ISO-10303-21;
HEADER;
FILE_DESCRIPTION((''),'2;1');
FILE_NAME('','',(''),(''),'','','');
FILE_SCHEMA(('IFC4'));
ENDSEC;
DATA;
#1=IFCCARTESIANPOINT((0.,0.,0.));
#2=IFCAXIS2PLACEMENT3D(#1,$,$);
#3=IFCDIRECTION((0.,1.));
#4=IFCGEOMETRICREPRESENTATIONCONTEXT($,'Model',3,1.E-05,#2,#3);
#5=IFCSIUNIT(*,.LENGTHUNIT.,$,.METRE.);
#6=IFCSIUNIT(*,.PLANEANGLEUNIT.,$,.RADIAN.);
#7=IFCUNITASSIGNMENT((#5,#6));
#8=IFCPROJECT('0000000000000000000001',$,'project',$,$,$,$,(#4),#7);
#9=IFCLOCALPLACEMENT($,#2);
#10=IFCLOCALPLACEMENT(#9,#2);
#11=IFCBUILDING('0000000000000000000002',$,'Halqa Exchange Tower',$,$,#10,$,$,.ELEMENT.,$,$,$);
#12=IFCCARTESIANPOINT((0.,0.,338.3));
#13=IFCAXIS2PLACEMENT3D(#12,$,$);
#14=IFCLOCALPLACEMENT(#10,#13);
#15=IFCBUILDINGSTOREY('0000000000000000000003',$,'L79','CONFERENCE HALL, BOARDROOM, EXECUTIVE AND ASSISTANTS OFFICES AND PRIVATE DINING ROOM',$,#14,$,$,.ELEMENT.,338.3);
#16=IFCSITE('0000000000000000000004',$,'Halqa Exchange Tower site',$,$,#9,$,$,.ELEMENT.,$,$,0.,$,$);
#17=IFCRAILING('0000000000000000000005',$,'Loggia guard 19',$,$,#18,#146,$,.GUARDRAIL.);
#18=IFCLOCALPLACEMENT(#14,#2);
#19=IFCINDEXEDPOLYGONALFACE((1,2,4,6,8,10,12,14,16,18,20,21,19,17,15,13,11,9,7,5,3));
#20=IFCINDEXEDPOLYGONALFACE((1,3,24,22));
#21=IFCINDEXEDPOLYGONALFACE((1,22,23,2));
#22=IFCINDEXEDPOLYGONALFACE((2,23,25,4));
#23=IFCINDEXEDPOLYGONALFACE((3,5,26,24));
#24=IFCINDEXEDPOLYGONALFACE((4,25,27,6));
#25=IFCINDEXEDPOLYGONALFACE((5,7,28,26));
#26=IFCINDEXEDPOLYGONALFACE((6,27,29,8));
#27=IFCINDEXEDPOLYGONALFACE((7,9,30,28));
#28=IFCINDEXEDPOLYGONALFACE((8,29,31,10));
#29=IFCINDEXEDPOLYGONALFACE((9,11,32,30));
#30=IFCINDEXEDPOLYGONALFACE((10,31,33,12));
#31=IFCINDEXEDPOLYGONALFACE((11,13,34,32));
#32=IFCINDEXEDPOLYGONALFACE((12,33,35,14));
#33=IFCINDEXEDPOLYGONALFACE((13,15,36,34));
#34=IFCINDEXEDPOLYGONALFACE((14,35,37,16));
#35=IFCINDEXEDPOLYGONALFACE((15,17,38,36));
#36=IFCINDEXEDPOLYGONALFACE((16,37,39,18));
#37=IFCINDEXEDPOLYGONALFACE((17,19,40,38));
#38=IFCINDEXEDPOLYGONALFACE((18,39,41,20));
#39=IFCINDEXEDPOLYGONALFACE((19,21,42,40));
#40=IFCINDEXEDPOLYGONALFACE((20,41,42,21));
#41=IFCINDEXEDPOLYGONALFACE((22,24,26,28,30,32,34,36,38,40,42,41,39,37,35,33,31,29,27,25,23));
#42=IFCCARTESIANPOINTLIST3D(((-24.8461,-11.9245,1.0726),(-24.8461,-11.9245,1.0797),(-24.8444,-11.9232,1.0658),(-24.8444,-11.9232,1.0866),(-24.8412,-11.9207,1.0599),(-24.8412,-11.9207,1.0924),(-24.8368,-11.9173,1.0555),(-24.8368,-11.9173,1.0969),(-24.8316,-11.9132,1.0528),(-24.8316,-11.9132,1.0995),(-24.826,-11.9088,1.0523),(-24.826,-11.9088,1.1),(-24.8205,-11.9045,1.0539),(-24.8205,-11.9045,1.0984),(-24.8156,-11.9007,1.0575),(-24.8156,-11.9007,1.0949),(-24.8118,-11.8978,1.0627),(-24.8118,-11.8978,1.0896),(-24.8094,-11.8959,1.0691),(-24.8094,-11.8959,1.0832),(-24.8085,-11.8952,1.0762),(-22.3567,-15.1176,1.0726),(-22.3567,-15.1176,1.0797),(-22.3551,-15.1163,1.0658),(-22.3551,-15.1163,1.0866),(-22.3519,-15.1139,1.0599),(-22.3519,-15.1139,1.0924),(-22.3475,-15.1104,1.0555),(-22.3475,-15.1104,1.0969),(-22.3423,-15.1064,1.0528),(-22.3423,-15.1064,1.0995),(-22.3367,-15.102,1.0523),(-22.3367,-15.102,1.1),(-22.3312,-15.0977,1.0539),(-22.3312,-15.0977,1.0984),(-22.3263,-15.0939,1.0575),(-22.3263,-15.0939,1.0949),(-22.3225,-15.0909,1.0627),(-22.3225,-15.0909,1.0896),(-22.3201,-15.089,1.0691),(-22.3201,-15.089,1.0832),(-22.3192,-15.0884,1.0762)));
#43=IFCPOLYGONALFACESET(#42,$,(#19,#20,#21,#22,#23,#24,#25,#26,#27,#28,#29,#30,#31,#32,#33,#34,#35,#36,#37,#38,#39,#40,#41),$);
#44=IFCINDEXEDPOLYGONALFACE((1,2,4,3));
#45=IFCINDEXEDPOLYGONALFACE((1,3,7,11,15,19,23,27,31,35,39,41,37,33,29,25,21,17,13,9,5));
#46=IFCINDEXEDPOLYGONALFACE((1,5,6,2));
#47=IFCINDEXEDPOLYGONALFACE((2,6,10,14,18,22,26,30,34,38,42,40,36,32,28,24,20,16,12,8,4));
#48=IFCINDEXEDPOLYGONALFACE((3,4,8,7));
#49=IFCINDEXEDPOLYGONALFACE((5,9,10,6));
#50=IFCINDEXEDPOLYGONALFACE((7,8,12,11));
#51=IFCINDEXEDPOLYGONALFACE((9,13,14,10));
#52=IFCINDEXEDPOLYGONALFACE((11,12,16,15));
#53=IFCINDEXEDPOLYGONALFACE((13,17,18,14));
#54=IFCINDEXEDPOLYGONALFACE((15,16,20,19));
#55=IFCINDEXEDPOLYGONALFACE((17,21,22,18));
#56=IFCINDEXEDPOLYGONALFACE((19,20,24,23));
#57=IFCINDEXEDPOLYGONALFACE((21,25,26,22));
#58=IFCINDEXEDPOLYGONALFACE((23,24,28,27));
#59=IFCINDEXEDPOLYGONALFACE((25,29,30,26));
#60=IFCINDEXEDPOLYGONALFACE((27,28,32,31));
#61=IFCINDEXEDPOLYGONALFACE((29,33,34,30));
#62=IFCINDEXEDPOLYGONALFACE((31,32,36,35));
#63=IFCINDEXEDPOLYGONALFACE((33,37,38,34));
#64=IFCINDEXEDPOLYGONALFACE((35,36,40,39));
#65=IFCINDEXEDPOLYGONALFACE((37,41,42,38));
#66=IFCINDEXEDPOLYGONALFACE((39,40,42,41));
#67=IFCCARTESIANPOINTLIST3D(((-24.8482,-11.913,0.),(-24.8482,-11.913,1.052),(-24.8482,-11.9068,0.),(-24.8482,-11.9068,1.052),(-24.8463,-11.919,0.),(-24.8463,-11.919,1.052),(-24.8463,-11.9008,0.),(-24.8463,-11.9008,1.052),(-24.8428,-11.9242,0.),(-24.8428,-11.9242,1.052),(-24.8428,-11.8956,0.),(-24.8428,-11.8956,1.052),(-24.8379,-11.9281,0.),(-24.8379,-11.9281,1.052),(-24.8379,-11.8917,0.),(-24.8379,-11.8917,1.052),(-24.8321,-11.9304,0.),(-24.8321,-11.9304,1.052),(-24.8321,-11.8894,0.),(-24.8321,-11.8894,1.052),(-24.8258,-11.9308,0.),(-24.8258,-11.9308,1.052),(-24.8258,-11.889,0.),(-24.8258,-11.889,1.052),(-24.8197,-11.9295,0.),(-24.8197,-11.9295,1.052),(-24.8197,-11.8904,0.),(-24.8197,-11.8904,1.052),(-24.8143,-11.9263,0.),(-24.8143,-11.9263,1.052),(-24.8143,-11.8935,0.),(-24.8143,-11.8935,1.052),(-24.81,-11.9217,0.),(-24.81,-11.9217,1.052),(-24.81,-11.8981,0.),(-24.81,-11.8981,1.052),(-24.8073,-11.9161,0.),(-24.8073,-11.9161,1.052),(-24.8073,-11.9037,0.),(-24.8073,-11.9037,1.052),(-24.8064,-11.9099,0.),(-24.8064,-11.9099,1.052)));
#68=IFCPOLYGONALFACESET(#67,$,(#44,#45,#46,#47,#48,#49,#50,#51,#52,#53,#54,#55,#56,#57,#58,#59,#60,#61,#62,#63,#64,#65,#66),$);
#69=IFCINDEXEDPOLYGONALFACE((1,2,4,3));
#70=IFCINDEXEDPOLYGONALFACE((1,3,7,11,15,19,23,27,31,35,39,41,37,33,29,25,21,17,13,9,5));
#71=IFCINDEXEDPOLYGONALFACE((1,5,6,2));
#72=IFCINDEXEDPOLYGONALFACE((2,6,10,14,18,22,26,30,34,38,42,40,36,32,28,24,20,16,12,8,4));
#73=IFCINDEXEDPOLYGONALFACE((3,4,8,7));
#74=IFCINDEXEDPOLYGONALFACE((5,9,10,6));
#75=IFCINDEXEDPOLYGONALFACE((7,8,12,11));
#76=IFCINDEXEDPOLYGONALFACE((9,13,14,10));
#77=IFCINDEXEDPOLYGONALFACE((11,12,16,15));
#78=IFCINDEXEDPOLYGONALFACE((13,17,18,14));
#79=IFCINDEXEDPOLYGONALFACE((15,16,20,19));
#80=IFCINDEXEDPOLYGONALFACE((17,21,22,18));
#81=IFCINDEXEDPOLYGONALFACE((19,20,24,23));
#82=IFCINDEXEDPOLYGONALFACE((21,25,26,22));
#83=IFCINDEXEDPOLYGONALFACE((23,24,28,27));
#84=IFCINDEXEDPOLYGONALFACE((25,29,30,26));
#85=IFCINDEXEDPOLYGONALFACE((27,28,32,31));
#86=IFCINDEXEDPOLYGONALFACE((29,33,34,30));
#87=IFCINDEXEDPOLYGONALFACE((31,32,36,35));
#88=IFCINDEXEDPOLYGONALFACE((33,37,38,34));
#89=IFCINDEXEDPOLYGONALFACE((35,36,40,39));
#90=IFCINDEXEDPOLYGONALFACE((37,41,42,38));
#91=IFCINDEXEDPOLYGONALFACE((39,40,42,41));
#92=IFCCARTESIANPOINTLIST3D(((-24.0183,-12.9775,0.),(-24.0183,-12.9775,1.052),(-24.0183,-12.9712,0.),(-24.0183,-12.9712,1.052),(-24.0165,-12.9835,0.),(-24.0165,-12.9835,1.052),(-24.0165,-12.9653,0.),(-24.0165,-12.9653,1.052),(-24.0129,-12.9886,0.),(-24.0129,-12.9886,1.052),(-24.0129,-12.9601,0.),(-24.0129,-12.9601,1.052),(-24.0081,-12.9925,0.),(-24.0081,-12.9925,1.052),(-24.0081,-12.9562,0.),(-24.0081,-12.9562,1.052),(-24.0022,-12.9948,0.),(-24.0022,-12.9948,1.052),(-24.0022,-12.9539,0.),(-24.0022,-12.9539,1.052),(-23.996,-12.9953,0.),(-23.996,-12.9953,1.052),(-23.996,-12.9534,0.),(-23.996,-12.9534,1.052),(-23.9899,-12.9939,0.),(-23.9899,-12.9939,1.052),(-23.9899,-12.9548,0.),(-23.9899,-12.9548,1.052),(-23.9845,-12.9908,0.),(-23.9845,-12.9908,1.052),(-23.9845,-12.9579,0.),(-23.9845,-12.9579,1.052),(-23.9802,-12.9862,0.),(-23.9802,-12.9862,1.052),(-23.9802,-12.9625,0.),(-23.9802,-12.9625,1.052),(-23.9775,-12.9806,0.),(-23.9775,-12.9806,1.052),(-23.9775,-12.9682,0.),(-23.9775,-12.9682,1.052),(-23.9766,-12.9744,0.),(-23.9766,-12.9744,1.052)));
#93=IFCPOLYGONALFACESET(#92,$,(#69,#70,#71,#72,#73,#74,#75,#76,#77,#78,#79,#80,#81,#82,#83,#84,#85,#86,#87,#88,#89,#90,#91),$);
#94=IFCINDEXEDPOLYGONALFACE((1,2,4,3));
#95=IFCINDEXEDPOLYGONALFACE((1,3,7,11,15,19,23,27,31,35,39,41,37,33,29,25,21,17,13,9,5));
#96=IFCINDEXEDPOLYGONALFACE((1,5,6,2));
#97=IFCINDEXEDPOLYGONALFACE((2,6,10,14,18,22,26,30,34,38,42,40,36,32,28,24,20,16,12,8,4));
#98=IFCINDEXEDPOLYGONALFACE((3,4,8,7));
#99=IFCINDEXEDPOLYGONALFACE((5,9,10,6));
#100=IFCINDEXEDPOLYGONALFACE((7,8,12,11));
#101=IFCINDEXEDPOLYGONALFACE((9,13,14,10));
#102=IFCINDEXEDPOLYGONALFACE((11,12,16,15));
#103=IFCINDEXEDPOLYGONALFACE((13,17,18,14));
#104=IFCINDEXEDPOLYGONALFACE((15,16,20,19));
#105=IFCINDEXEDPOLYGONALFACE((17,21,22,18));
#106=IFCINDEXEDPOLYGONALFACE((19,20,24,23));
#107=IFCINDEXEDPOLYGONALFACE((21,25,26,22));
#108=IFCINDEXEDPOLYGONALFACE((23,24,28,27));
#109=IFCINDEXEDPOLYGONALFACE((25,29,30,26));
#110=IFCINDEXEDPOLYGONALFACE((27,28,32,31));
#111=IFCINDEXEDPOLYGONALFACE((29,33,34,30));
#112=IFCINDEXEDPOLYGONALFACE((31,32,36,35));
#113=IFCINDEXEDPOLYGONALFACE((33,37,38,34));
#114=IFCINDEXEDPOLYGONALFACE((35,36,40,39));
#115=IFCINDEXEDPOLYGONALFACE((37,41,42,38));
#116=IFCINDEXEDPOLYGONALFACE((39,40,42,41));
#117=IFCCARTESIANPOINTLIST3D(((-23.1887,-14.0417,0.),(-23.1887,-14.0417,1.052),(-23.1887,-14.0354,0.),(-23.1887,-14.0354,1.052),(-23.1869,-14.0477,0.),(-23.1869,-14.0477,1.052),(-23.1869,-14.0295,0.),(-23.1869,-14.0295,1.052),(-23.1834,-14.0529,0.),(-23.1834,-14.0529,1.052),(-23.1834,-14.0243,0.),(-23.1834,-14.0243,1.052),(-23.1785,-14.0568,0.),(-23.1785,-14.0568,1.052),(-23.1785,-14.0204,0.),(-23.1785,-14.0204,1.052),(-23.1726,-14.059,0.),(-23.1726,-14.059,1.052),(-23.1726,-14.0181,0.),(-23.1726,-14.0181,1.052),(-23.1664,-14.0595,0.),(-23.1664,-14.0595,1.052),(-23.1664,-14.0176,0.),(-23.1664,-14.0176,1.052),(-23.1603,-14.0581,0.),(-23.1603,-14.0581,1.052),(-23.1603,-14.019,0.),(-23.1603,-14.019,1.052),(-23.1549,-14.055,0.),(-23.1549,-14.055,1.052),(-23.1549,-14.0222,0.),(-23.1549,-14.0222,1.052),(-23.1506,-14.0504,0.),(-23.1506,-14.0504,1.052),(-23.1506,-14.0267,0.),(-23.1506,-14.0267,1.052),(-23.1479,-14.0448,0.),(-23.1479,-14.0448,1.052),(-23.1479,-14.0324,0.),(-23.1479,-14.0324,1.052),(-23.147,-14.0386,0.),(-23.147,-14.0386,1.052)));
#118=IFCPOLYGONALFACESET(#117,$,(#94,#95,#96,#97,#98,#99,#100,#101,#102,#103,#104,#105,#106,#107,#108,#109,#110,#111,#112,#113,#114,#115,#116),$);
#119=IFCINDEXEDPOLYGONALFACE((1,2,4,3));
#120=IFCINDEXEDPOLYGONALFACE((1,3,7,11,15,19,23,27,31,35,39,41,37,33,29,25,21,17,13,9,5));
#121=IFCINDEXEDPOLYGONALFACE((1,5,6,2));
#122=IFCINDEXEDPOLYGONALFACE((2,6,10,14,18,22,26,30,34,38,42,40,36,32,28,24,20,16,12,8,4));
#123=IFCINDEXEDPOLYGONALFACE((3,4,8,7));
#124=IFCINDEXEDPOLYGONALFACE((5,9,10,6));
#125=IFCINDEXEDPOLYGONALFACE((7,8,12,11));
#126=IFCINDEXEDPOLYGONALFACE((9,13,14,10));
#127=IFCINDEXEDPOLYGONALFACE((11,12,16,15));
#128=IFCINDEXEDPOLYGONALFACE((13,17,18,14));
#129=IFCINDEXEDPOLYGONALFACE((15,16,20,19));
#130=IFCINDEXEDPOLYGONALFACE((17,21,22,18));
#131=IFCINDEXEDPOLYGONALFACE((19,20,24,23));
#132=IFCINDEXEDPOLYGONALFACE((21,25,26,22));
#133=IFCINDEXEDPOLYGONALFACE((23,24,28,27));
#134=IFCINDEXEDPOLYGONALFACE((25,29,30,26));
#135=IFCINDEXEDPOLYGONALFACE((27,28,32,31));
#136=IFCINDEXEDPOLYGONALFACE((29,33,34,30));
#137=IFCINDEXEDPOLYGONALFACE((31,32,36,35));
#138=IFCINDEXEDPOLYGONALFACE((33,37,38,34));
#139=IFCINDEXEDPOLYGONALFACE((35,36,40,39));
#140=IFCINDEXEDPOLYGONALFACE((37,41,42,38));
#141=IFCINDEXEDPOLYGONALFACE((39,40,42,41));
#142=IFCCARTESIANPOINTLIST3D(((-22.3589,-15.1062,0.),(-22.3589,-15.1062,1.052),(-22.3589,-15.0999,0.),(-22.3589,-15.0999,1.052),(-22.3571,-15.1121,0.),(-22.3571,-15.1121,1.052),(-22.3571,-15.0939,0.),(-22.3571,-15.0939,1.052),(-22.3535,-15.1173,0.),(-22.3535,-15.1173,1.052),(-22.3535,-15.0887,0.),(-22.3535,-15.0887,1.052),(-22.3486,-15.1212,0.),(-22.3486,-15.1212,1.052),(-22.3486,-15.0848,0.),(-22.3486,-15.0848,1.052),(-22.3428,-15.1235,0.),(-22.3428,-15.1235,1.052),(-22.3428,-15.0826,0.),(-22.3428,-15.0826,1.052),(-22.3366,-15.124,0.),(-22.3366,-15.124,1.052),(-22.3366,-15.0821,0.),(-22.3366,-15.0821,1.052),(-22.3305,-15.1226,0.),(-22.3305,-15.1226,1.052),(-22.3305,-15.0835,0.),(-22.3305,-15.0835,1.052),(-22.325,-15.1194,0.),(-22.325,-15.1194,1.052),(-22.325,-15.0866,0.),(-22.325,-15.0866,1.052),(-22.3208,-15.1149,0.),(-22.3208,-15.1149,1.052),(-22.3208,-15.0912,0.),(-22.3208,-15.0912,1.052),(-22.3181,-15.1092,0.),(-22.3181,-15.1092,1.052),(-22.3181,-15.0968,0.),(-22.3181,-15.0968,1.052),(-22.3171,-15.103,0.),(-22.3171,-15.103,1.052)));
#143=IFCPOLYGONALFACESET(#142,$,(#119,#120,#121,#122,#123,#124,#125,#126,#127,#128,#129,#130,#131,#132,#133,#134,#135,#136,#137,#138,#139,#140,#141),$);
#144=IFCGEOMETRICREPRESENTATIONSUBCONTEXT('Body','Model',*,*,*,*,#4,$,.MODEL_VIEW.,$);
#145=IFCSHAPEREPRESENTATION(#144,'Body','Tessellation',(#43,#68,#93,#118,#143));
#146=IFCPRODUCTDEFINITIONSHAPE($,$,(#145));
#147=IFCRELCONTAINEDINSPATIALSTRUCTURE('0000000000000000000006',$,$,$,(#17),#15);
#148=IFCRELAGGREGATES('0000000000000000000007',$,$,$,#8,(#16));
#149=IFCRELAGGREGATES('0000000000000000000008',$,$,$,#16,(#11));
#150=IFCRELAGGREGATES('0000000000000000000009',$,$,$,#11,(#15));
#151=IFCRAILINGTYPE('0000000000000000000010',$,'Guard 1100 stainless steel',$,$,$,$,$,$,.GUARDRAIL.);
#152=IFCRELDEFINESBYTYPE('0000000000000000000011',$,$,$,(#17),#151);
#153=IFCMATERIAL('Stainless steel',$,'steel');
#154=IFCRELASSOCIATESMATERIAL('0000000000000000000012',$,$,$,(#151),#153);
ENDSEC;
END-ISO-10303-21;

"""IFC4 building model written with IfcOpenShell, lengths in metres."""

from ifc_helpers import new_model, si_unit, direction, frame, origin, origin_2d, place, context, subcontext, project, spatial, circle, extrude, material, type_object, element, save


model = new_model("IFC4")

# Units and contexts
model_context = context("Model", 3, precision=1e-05, world=origin(), true_north=direction((0.0, 1.0)))
body_context = subcontext(model_context, "Body", "Model", "MODEL_VIEW")
ifc_project = project(units=[si_unit("LENGTHUNIT", "METRE"), si_unit("PLANEANGLEUNIT", "RADIAN")], contexts=[model_context])

# Site, building, storey
site_placement = place(None, origin())
site = spatial("IfcSite", under=ifc_project, at=site_placement, Name="Halqa Exchange Tower site", CompositionType="ELEMENT", RefElevation=0.0)
building_placement = place(site_placement, origin())
building = spatial("IfcBuilding", under=site, at=building_placement, Name="Halqa Exchange Tower", CompositionType="ELEMENT")
storey_placement = place(building_placement, frame((0.0, 0.0, 338.3)))
storey = spatial("IfcBuildingStorey", under=building, at=storey_placement, Name="L79", Description="CONFERENCE HALL, BOARDROOM, EXECUTIVE AND ASSISTANTS OFFICES AND PRIVATE DINING ROOM", CompositionType="ELEMENT", Elevation=338.3)

# Railing
ifc_material_1 = material(Name="Stainless steel", Category="steel")
railing_type = type_object("IfcRailingType", Name="Guard 1100 stainless steel", PredefinedType="GUARDRAIL", material=ifc_material_1)
railing_1_placement = place(storey_placement, frame((-24.8274, -11.9099, 0.0)))
element("IfcRailing", 1, at=railing_1_placement, inside=storey, type_object=railing_type, Name="Loggia guard 19", PredefinedType="GUARDRAIL", context=body_context, shape_type="SweptSolid", body=[
    extrude(circle(Radius=0.0239, at=origin_2d()), frame((0.0, 0.0, 1.0762), z_axis=(0.614821, -0.788667, 0.0), x_axis=(0.788667, 0.614821, 0.0)), (0.0, 0.0, 1.0), 4.0488),
    extrude(circle(Radius=0.021, at=origin_2d()), origin(), (0.0, 0.0, 1.0), 1.052),
    extrude(circle(Radius=0.021, at=origin_2d()), frame((0.8298, -1.0645, 0.0)), (0.0, 0.0, 1.0), 1.052),
    extrude(circle(Radius=0.021, at=origin_2d()), frame((1.6594, -2.1287, 0.0)), (0.0, 0.0, 1.0), 1.052),
    extrude(circle(Radius=0.021, at=origin_2d()), frame((2.4893, -3.1931, 0.0)), (0.0, 0.0, 1.0), 1.052),
])

save(model, "model.ifc")
